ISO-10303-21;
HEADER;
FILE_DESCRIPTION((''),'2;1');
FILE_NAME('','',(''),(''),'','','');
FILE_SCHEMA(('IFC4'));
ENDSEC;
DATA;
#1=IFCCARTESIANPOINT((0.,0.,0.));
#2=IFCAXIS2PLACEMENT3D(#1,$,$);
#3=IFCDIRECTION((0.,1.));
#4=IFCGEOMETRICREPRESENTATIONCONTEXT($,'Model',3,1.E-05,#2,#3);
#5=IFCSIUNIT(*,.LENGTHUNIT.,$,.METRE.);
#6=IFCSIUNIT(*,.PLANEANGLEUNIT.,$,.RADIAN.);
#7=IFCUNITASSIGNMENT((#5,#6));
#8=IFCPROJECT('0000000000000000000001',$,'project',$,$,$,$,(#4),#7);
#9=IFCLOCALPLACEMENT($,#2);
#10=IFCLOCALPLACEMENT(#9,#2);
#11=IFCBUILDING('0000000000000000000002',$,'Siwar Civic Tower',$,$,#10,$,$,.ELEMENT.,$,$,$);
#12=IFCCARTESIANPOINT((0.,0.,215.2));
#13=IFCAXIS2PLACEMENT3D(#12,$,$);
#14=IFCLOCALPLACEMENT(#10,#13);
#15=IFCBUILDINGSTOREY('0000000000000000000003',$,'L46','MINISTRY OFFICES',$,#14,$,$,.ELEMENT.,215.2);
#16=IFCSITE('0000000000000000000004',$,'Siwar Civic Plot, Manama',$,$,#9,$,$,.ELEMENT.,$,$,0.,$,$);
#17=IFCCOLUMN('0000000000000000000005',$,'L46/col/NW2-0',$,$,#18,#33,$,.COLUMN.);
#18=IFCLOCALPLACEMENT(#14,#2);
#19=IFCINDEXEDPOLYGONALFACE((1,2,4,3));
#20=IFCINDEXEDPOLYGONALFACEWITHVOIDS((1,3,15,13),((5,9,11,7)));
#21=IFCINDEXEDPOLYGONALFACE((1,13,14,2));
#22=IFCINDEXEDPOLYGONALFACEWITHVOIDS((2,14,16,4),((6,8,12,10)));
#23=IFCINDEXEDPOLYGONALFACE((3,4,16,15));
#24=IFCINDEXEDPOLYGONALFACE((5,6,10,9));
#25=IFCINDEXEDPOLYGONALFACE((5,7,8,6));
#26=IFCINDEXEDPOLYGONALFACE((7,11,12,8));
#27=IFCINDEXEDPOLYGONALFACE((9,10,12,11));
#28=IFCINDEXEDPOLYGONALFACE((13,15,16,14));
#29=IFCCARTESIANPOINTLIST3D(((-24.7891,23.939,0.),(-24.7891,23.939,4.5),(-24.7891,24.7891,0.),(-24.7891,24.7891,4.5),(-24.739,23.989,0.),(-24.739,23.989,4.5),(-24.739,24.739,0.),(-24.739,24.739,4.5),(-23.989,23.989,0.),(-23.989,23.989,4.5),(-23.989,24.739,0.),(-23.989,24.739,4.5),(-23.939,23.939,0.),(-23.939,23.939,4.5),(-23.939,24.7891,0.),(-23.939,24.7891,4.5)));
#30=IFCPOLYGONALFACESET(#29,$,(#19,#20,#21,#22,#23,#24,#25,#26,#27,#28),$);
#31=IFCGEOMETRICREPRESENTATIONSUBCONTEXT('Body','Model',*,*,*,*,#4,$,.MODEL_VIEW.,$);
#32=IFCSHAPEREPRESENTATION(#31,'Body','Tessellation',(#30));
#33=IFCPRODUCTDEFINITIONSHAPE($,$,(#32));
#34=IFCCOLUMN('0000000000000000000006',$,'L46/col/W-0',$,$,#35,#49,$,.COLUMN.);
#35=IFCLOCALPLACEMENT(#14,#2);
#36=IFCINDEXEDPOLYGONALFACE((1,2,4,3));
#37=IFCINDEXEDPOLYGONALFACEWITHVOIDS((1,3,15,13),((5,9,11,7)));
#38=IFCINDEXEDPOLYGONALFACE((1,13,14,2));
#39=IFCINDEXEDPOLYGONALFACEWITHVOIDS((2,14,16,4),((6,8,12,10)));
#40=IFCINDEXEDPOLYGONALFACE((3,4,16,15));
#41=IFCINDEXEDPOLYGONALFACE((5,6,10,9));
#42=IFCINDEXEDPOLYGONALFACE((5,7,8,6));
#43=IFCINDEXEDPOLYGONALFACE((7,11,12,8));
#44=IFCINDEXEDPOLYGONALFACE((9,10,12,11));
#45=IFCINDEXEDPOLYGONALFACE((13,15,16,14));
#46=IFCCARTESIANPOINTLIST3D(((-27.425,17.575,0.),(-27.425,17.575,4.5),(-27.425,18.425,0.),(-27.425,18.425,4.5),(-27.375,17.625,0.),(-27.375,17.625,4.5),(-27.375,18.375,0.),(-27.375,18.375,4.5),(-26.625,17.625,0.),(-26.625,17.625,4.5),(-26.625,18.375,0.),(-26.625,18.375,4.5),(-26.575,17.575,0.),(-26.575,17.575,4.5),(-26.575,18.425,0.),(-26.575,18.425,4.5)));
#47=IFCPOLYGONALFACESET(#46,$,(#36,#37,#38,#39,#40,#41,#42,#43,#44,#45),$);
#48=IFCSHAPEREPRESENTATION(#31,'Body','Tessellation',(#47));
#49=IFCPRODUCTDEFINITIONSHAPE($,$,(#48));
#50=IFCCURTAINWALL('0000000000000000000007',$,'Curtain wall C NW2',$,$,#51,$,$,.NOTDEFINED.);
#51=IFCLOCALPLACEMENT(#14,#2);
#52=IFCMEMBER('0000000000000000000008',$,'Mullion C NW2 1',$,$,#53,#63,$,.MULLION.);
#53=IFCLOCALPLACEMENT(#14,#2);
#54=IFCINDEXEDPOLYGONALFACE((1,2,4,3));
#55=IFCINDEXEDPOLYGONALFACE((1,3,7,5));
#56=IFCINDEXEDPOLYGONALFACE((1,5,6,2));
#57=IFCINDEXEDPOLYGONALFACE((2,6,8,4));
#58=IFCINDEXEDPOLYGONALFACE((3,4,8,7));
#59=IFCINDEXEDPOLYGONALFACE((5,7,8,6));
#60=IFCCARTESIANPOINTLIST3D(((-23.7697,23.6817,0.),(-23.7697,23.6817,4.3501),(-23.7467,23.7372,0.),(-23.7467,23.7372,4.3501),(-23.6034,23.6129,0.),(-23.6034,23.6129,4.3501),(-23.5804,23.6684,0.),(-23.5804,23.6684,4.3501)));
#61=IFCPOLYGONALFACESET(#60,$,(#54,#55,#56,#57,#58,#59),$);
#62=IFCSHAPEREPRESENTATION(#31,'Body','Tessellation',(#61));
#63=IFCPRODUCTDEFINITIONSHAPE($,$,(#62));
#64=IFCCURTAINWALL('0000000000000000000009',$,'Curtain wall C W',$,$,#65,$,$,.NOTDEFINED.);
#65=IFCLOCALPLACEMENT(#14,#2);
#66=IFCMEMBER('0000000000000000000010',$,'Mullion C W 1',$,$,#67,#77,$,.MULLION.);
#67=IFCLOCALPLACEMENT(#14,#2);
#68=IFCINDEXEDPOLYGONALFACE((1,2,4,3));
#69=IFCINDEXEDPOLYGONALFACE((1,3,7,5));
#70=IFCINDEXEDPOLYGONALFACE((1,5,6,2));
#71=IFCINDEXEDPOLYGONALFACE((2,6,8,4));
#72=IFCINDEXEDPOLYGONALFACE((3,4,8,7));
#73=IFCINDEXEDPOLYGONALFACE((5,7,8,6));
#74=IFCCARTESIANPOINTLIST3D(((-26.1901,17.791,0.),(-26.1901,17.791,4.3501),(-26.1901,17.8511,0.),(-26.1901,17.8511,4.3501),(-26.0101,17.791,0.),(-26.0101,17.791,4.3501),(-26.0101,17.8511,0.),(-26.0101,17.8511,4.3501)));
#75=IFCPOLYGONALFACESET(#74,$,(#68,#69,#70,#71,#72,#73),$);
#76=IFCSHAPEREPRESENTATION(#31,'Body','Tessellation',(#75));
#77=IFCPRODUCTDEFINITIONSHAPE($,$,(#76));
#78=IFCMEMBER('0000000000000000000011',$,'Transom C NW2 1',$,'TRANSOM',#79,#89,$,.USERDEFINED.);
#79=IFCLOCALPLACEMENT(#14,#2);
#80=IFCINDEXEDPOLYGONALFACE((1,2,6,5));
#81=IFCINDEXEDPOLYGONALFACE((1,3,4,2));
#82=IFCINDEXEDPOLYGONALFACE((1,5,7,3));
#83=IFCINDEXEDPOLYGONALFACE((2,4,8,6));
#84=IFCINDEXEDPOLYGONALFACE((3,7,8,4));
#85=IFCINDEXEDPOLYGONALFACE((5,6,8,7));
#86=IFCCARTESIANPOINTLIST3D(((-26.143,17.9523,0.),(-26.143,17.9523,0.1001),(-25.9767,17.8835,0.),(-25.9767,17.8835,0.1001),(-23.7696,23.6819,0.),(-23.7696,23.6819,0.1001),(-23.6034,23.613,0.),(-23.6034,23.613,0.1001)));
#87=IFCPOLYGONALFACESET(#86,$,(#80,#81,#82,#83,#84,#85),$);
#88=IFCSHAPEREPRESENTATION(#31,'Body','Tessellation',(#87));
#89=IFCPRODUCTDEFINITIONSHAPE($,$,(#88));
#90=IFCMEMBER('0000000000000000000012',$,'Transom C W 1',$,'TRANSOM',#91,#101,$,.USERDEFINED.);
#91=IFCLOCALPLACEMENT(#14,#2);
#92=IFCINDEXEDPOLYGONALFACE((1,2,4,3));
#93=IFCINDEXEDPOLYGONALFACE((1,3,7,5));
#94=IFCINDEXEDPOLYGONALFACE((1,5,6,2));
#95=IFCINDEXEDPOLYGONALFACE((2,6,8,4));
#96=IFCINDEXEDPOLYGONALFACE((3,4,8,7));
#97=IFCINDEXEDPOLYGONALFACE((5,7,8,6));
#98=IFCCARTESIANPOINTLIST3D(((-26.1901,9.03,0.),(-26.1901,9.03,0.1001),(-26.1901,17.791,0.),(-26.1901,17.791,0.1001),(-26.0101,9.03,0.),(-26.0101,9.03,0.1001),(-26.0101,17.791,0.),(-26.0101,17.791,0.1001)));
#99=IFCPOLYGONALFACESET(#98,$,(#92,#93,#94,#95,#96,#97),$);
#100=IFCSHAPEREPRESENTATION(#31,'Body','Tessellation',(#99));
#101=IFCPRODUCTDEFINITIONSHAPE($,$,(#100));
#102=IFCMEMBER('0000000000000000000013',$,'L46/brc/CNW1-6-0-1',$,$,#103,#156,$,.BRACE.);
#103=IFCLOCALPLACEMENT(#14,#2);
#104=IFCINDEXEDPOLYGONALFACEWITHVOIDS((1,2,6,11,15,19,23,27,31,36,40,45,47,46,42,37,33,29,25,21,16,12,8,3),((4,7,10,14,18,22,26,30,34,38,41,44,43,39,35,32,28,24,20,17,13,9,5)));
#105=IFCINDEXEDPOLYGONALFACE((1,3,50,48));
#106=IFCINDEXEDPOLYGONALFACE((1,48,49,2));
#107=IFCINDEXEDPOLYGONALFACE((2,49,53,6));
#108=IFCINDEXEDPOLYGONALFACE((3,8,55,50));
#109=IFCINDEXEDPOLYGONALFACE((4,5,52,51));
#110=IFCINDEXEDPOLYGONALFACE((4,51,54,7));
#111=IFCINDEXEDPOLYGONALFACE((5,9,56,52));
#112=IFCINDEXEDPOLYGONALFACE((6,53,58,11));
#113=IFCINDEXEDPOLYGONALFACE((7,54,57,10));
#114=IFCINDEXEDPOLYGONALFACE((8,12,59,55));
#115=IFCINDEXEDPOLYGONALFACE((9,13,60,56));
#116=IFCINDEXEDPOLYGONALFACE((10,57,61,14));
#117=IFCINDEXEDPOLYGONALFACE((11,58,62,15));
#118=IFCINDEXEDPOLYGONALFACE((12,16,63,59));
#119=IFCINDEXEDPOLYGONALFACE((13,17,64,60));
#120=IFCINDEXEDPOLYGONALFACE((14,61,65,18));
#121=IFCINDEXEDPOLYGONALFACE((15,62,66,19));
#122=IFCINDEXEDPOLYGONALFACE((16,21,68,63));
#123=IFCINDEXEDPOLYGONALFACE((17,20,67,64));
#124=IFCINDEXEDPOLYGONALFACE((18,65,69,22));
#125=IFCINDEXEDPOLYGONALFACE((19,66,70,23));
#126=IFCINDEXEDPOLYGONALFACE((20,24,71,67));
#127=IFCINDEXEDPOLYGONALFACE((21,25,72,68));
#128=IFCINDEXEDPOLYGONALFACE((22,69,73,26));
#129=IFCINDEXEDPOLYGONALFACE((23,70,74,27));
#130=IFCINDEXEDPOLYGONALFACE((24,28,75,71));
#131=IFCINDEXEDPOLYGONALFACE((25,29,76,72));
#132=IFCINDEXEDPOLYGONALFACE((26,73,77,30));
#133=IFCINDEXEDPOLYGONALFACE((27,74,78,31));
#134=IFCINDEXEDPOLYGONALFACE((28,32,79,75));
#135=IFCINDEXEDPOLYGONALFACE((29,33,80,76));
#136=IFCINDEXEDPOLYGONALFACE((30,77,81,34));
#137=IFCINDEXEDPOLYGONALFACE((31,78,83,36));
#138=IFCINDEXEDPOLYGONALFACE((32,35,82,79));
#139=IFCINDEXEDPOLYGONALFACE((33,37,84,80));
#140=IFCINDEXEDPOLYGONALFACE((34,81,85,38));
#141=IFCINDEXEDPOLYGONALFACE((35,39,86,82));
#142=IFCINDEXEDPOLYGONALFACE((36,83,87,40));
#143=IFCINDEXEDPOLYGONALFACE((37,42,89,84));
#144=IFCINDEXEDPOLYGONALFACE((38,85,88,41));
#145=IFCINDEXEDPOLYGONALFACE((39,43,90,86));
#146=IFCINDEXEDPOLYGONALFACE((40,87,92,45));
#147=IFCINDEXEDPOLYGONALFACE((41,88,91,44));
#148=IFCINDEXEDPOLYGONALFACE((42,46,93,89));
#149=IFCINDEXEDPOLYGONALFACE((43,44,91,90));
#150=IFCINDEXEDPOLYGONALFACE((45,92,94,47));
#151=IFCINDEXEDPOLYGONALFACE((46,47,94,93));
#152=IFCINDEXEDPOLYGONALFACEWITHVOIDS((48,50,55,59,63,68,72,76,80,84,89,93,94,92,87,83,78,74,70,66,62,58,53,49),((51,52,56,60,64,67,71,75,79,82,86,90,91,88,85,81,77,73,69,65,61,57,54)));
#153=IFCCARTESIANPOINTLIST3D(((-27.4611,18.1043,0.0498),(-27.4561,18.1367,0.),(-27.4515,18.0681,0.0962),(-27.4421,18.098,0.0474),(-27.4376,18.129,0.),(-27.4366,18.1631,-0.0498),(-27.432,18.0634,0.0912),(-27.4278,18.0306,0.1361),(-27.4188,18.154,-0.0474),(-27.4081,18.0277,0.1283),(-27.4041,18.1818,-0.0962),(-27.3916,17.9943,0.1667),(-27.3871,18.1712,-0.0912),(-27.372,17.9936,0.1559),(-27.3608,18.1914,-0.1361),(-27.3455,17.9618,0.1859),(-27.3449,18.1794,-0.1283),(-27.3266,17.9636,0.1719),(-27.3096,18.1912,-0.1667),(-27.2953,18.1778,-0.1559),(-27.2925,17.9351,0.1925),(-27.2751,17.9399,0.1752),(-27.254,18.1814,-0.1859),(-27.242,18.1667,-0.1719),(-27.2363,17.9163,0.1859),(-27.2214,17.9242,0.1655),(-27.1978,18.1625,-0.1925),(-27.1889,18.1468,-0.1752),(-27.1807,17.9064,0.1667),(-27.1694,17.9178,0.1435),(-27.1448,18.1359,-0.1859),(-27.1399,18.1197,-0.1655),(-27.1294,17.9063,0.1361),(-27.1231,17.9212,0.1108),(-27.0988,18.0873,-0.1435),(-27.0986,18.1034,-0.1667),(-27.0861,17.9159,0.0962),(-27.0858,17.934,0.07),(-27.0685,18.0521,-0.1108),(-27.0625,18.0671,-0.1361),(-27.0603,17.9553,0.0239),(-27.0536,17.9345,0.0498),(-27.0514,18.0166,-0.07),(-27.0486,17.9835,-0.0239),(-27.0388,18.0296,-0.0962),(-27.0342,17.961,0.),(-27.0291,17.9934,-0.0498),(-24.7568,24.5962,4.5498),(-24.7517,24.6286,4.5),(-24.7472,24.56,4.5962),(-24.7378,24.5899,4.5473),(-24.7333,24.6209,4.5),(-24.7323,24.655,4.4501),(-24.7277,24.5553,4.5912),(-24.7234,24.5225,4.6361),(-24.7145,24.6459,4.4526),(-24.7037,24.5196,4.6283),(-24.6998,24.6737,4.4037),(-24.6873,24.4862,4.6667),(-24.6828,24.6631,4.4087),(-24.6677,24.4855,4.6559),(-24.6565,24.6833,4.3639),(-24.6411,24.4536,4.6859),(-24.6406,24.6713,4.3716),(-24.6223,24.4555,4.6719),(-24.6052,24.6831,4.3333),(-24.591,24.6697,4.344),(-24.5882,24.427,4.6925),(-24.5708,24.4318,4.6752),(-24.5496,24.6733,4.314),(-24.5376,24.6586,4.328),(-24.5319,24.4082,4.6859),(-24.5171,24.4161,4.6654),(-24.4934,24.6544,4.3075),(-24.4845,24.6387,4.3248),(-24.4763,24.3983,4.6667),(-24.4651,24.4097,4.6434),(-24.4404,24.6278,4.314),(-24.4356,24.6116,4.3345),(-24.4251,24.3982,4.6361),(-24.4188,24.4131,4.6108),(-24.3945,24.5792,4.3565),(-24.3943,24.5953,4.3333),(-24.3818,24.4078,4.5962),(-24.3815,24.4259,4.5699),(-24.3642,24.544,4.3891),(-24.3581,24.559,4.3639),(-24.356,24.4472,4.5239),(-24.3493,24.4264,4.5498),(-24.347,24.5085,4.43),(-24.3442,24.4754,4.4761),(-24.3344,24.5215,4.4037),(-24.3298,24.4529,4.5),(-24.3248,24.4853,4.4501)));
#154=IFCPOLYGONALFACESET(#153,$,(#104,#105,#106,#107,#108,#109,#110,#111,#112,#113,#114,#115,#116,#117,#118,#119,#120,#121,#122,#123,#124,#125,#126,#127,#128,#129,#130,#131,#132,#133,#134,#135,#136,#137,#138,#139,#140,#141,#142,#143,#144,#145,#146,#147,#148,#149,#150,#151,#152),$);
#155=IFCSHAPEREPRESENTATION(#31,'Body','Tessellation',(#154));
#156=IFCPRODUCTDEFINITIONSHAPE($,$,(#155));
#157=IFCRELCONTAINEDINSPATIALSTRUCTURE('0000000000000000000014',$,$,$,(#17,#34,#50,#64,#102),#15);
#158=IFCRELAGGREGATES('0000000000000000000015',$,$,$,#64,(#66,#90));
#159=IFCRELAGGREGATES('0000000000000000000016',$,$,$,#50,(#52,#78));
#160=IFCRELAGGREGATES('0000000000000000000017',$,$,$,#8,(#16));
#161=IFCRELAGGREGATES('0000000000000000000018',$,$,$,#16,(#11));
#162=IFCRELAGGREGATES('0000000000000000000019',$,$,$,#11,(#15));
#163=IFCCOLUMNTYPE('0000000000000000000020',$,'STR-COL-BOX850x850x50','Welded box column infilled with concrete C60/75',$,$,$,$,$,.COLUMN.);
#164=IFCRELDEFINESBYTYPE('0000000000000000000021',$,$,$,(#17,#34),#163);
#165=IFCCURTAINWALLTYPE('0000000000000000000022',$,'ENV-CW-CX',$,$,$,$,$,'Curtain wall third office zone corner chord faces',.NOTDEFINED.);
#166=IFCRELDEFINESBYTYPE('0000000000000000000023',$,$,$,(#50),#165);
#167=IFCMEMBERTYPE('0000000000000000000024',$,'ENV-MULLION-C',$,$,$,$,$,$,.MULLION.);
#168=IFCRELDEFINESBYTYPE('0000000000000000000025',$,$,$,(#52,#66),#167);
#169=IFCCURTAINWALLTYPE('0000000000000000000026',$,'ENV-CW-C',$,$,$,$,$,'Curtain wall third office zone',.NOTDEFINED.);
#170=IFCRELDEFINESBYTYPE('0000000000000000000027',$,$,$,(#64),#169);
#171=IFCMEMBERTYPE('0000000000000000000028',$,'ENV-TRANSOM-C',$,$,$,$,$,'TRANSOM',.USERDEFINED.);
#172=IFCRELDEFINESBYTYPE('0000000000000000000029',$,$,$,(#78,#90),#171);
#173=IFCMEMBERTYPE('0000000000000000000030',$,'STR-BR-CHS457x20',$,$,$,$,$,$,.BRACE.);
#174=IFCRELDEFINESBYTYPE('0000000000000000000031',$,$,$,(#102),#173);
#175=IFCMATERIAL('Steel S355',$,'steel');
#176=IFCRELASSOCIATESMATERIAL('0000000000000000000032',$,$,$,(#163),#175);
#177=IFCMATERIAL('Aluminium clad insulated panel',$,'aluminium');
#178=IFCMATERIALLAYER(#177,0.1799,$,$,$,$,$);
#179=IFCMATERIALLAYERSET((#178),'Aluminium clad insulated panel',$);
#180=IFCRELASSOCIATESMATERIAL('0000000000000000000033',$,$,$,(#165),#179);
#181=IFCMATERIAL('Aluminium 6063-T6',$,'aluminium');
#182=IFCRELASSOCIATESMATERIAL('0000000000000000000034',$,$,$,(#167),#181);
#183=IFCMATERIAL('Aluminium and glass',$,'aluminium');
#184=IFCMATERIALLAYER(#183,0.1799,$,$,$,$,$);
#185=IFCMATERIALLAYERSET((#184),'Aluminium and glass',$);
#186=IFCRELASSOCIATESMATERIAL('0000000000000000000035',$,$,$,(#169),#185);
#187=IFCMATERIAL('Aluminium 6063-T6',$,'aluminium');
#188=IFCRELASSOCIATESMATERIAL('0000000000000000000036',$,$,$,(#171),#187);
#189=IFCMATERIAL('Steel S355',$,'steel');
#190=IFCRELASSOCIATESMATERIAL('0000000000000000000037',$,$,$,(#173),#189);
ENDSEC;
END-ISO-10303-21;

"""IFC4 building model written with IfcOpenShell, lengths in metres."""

from ifc_helpers import new_model, si_unit, direction, frame, origin, origin_2d, place, context, subcontext, project, spatial, rectangle, hollow_rectangle, hollow_circle, extrude, material, layer, layer_set, material_profile, profile_set, type_object, element, aggregate, save


model = new_model("IFC4")

# Units and contexts
model_context = context("Model", 3, precision=1e-05, world=origin(), true_north=direction((0.0, 1.0)))
body_context = subcontext(model_context, "Body", "Model", "MODEL_VIEW")
ifc_project = project(units=[si_unit("LENGTHUNIT", "METRE"), si_unit("PLANEANGLEUNIT", "RADIAN")], contexts=[model_context])

# Site, building, storey
site_placement = place(None, origin())
site = spatial("IfcSite", under=ifc_project, at=site_placement, Name="Siwar Civic Plot, Manama", CompositionType="ELEMENT", RefElevation=0.0)
building_placement = place(site_placement, origin())
building = spatial("IfcBuilding", under=site, at=building_placement, Name="Siwar Civic Tower", CompositionType="ELEMENT")
storey_placement = place(building_placement, frame((0.0, 0.0, 215.2)))
storey = spatial("IfcBuildingStorey", under=building, at=storey_placement, Name="L46", Description="MINISTRY OFFICES", CompositionType="ELEMENT", Elevation=215.2)

# Columns
ifc_material_1 = material(Name="Steel S355", Category="steel")
ifc_material_profile_1 = material_profile(ifc_material_1, hollow_rectangle(XDim=0.8501, YDim=0.8501, WallThickness=0.05, at=origin_2d()), Name="BOX850x850x50")
ifc_profile_set_1 = profile_set([ifc_material_profile_1], Name="Steel S355")
column_type = type_object("IfcColumnType", Name="STR-COL-BOX850x850x50", Description="Welded box column infilled with concrete C60/75", PredefinedType="COLUMN", material=ifc_profile_set_1)
for number, where, z_axis, x_axis, name in (
    (1, (-24.364, 24.364, 0.0), (0.0, 0.0, 1.0), (1.0, 0.0, 0.0), "L46/col/NW2-0"),
    (2, (-27.0, 18.0, 0.0), (0.0, 0.0, 1.0), (1.0, 0.0, 0.0), "L46/col/W-0"),
):
    element("IfcColumn", number, at=place(storey_placement, frame(where, z_axis=z_axis, x_axis=x_axis)), inside=storey, type_object=column_type, Name=name, PredefinedType="COLUMN", context=body_context, shape_type="SweptSolid", body=[
        extrude(hollow_rectangle(XDim=0.8501, YDim=0.8501, WallThickness=0.05, at=origin_2d()), origin(), (0.0, 0.0, 1.0), 4.5),
    ])

# Curtain walls, members
ifc_material_2 = material(Name="Aluminium clad insulated panel", Category="aluminium")
ifc_layer_1 = layer(ifc_material_2, 0.1799)
ifc_layer_set_1 = layer_set([ifc_layer_1], Name="Aluminium clad insulated panel")
curtain_wall_type_1 = type_object("IfcCurtainWallType", Name="ENV-CW-CX", ElementType="Curtain wall third office zone corner chord faces", PredefinedType="NOTDEFINED", material=ifc_layer_set_1)
curtain_wall_1_placement = place(storey_placement, origin())
curtain_wall_1 = element("IfcCurtainWall", 3, at=curtain_wall_1_placement, inside=storey, type_object=curtain_wall_type_1, Name="Curtain wall C NW2", PredefinedType="NOTDEFINED")
ifc_material_3 = material(Name="Aluminium 6063-T6", Category="aluminium")
ifc_material_profile_2 = material_profile(ifc_material_3, rectangle(XDim=0.1799, YDim=0.0601, at=origin_2d()), Name="AL 180x60")
ifc_profile_set_2 = profile_set([ifc_material_profile_2], Name="Aluminium 6063-T6")
member_type_1 = type_object("IfcMemberType", Name="ENV-MULLION-C", PredefinedType="MULLION", material=ifc_profile_set_2)
member_1_placement = place(storey_placement, frame((-23.675, 23.675, 0.0), z_axis=(0.0, 0.0, 1.0), x_axis=(0.92388, -0.382683, 0.0)))
member_1 = element("IfcMember", 4, at=member_1_placement, type_object=member_type_1, Name="Mullion C NW2 1", PredefinedType="MULLION", context=body_context, shape_type="SweptSolid", body=[
    extrude(rectangle(XDim=0.1799, YDim=0.0601, at=origin_2d()), origin(), (0.0, 0.0, 1.0), 4.3501),
])
ifc_material_4 = material(Name="Aluminium and glass", Category="aluminium")
ifc_layer_2 = layer(ifc_material_4, 0.1799)
ifc_layer_set_2 = layer_set([ifc_layer_2], Name="Aluminium and glass")
curtain_wall_type_2 = type_object("IfcCurtainWallType", Name="ENV-CW-C", ElementType="Curtain wall third office zone", PredefinedType="NOTDEFINED", material=ifc_layer_set_2)
curtain_wall_2_placement = place(storey_placement, origin())
curtain_wall_2 = element("IfcCurtainWall", 5, at=curtain_wall_2_placement, inside=storey, type_object=curtain_wall_type_2, Name="Curtain wall C W", PredefinedType="NOTDEFINED")
member_2_placement = place(storey_placement, frame((-26.1001, 17.821, 0.0), z_axis=(0.0, 0.0, 1.0), x_axis=(1.0, 0.0, 0.0)))
member_2 = element("IfcMember", 6, at=member_2_placement, type_object=member_type_1, Name="Mullion C W 1", PredefinedType="MULLION", context=body_context, shape_type="SweptSolid", body=[
    extrude(rectangle(XDim=0.1799, YDim=0.0601, at=origin_2d()), origin(), (0.0, 0.0, 1.0), 4.3501),
])

# Members
ifc_material_5 = material(Name="Aluminium 6063-T6", Category="aluminium")
ifc_material_profile_3 = material_profile(ifc_material_5, rectangle(XDim=0.1799, YDim=0.1001, at=origin_2d()), Name="AL 180x100")
ifc_profile_set_3 = profile_set([ifc_material_profile_3], Name="Aluminium 6063-T6")
member_type_2 = type_object("IfcMemberType", Name="ENV-TRANSOM-C", ElementType="TRANSOM", PredefinedType="USERDEFINED", material=ifc_profile_set_3)
member_3_placement = place(storey_placement, frame((-23.6865, 23.6475, 0.05), z_axis=(-0.382691, -0.923876, 0.0), x_axis=(0.923876, -0.382691, 0.0)))
member_3 = element("IfcMember", 7, at=member_3_placement, type_object=member_type_2, Name="Transom C NW2 1", ObjectType="TRANSOM", PredefinedType="USERDEFINED", context=body_context, shape_type="SweptSolid", body=[
    extrude(rectangle(XDim=0.1799, YDim=0.1001, at=origin_2d()), origin(), (0.0, 0.0, 1.0), 6.2017),
])
member_4_placement = place(storey_placement, frame((-26.1001, 17.791, 0.05), z_axis=(0.0, -1.0, 0.0), x_axis=(1.0, 0.0, 0.0)))
member_4 = element("IfcMember", 8, at=member_4_placement, type_object=member_type_2, Name="Transom C W 1", ObjectType="TRANSOM", PredefinedType="USERDEFINED", context=body_context, shape_type="SweptSolid", body=[
    extrude(rectangle(XDim=0.1799, YDim=0.1001, at=origin_2d()), origin(), (0.0, 0.0, 1.0), 8.761),
])
aggregate(curtain_wall_2, [member_2, member_4])

# Member
ifc_material_6 = material(Name="Steel S355", Category="steel")
ifc_material_profile_4 = material_profile(ifc_material_6, hollow_circle(Radius=0.2285, WallThickness=0.02, at=origin_2d()), Name="CHS457x20")
ifc_profile_set_4 = profile_set([ifc_material_profile_4], Name="Steel S355")
member_type_3 = type_object("IfcMemberType", Name="STR-BR-CHS457x20", PredefinedType="BRACE", material=ifc_profile_set_4)
member_5_placement = place(storey_placement, frame((-27.2451, 18.0488, 0.0), z_axis=(0.323906, 0.777555, 0.538975), x_axis=(-0.923109, 0.384539, 0.0)))
element("IfcMember", 9, at=member_5_placement, inside=storey, type_object=member_type_3, Name="L46/brc/CNW1-6-0-1", PredefinedType="BRACE", context=body_context, shape_type="SweptSolid", body=[
    extrude(hollow_circle(Radius=0.2285, WallThickness=0.02, at=origin_2d()), origin(), (0.0, 0.0, 1.0), 8.3491),
])

aggregate(curtain_wall_1, [member_1, member_3])

save(model, "model.ifc")
